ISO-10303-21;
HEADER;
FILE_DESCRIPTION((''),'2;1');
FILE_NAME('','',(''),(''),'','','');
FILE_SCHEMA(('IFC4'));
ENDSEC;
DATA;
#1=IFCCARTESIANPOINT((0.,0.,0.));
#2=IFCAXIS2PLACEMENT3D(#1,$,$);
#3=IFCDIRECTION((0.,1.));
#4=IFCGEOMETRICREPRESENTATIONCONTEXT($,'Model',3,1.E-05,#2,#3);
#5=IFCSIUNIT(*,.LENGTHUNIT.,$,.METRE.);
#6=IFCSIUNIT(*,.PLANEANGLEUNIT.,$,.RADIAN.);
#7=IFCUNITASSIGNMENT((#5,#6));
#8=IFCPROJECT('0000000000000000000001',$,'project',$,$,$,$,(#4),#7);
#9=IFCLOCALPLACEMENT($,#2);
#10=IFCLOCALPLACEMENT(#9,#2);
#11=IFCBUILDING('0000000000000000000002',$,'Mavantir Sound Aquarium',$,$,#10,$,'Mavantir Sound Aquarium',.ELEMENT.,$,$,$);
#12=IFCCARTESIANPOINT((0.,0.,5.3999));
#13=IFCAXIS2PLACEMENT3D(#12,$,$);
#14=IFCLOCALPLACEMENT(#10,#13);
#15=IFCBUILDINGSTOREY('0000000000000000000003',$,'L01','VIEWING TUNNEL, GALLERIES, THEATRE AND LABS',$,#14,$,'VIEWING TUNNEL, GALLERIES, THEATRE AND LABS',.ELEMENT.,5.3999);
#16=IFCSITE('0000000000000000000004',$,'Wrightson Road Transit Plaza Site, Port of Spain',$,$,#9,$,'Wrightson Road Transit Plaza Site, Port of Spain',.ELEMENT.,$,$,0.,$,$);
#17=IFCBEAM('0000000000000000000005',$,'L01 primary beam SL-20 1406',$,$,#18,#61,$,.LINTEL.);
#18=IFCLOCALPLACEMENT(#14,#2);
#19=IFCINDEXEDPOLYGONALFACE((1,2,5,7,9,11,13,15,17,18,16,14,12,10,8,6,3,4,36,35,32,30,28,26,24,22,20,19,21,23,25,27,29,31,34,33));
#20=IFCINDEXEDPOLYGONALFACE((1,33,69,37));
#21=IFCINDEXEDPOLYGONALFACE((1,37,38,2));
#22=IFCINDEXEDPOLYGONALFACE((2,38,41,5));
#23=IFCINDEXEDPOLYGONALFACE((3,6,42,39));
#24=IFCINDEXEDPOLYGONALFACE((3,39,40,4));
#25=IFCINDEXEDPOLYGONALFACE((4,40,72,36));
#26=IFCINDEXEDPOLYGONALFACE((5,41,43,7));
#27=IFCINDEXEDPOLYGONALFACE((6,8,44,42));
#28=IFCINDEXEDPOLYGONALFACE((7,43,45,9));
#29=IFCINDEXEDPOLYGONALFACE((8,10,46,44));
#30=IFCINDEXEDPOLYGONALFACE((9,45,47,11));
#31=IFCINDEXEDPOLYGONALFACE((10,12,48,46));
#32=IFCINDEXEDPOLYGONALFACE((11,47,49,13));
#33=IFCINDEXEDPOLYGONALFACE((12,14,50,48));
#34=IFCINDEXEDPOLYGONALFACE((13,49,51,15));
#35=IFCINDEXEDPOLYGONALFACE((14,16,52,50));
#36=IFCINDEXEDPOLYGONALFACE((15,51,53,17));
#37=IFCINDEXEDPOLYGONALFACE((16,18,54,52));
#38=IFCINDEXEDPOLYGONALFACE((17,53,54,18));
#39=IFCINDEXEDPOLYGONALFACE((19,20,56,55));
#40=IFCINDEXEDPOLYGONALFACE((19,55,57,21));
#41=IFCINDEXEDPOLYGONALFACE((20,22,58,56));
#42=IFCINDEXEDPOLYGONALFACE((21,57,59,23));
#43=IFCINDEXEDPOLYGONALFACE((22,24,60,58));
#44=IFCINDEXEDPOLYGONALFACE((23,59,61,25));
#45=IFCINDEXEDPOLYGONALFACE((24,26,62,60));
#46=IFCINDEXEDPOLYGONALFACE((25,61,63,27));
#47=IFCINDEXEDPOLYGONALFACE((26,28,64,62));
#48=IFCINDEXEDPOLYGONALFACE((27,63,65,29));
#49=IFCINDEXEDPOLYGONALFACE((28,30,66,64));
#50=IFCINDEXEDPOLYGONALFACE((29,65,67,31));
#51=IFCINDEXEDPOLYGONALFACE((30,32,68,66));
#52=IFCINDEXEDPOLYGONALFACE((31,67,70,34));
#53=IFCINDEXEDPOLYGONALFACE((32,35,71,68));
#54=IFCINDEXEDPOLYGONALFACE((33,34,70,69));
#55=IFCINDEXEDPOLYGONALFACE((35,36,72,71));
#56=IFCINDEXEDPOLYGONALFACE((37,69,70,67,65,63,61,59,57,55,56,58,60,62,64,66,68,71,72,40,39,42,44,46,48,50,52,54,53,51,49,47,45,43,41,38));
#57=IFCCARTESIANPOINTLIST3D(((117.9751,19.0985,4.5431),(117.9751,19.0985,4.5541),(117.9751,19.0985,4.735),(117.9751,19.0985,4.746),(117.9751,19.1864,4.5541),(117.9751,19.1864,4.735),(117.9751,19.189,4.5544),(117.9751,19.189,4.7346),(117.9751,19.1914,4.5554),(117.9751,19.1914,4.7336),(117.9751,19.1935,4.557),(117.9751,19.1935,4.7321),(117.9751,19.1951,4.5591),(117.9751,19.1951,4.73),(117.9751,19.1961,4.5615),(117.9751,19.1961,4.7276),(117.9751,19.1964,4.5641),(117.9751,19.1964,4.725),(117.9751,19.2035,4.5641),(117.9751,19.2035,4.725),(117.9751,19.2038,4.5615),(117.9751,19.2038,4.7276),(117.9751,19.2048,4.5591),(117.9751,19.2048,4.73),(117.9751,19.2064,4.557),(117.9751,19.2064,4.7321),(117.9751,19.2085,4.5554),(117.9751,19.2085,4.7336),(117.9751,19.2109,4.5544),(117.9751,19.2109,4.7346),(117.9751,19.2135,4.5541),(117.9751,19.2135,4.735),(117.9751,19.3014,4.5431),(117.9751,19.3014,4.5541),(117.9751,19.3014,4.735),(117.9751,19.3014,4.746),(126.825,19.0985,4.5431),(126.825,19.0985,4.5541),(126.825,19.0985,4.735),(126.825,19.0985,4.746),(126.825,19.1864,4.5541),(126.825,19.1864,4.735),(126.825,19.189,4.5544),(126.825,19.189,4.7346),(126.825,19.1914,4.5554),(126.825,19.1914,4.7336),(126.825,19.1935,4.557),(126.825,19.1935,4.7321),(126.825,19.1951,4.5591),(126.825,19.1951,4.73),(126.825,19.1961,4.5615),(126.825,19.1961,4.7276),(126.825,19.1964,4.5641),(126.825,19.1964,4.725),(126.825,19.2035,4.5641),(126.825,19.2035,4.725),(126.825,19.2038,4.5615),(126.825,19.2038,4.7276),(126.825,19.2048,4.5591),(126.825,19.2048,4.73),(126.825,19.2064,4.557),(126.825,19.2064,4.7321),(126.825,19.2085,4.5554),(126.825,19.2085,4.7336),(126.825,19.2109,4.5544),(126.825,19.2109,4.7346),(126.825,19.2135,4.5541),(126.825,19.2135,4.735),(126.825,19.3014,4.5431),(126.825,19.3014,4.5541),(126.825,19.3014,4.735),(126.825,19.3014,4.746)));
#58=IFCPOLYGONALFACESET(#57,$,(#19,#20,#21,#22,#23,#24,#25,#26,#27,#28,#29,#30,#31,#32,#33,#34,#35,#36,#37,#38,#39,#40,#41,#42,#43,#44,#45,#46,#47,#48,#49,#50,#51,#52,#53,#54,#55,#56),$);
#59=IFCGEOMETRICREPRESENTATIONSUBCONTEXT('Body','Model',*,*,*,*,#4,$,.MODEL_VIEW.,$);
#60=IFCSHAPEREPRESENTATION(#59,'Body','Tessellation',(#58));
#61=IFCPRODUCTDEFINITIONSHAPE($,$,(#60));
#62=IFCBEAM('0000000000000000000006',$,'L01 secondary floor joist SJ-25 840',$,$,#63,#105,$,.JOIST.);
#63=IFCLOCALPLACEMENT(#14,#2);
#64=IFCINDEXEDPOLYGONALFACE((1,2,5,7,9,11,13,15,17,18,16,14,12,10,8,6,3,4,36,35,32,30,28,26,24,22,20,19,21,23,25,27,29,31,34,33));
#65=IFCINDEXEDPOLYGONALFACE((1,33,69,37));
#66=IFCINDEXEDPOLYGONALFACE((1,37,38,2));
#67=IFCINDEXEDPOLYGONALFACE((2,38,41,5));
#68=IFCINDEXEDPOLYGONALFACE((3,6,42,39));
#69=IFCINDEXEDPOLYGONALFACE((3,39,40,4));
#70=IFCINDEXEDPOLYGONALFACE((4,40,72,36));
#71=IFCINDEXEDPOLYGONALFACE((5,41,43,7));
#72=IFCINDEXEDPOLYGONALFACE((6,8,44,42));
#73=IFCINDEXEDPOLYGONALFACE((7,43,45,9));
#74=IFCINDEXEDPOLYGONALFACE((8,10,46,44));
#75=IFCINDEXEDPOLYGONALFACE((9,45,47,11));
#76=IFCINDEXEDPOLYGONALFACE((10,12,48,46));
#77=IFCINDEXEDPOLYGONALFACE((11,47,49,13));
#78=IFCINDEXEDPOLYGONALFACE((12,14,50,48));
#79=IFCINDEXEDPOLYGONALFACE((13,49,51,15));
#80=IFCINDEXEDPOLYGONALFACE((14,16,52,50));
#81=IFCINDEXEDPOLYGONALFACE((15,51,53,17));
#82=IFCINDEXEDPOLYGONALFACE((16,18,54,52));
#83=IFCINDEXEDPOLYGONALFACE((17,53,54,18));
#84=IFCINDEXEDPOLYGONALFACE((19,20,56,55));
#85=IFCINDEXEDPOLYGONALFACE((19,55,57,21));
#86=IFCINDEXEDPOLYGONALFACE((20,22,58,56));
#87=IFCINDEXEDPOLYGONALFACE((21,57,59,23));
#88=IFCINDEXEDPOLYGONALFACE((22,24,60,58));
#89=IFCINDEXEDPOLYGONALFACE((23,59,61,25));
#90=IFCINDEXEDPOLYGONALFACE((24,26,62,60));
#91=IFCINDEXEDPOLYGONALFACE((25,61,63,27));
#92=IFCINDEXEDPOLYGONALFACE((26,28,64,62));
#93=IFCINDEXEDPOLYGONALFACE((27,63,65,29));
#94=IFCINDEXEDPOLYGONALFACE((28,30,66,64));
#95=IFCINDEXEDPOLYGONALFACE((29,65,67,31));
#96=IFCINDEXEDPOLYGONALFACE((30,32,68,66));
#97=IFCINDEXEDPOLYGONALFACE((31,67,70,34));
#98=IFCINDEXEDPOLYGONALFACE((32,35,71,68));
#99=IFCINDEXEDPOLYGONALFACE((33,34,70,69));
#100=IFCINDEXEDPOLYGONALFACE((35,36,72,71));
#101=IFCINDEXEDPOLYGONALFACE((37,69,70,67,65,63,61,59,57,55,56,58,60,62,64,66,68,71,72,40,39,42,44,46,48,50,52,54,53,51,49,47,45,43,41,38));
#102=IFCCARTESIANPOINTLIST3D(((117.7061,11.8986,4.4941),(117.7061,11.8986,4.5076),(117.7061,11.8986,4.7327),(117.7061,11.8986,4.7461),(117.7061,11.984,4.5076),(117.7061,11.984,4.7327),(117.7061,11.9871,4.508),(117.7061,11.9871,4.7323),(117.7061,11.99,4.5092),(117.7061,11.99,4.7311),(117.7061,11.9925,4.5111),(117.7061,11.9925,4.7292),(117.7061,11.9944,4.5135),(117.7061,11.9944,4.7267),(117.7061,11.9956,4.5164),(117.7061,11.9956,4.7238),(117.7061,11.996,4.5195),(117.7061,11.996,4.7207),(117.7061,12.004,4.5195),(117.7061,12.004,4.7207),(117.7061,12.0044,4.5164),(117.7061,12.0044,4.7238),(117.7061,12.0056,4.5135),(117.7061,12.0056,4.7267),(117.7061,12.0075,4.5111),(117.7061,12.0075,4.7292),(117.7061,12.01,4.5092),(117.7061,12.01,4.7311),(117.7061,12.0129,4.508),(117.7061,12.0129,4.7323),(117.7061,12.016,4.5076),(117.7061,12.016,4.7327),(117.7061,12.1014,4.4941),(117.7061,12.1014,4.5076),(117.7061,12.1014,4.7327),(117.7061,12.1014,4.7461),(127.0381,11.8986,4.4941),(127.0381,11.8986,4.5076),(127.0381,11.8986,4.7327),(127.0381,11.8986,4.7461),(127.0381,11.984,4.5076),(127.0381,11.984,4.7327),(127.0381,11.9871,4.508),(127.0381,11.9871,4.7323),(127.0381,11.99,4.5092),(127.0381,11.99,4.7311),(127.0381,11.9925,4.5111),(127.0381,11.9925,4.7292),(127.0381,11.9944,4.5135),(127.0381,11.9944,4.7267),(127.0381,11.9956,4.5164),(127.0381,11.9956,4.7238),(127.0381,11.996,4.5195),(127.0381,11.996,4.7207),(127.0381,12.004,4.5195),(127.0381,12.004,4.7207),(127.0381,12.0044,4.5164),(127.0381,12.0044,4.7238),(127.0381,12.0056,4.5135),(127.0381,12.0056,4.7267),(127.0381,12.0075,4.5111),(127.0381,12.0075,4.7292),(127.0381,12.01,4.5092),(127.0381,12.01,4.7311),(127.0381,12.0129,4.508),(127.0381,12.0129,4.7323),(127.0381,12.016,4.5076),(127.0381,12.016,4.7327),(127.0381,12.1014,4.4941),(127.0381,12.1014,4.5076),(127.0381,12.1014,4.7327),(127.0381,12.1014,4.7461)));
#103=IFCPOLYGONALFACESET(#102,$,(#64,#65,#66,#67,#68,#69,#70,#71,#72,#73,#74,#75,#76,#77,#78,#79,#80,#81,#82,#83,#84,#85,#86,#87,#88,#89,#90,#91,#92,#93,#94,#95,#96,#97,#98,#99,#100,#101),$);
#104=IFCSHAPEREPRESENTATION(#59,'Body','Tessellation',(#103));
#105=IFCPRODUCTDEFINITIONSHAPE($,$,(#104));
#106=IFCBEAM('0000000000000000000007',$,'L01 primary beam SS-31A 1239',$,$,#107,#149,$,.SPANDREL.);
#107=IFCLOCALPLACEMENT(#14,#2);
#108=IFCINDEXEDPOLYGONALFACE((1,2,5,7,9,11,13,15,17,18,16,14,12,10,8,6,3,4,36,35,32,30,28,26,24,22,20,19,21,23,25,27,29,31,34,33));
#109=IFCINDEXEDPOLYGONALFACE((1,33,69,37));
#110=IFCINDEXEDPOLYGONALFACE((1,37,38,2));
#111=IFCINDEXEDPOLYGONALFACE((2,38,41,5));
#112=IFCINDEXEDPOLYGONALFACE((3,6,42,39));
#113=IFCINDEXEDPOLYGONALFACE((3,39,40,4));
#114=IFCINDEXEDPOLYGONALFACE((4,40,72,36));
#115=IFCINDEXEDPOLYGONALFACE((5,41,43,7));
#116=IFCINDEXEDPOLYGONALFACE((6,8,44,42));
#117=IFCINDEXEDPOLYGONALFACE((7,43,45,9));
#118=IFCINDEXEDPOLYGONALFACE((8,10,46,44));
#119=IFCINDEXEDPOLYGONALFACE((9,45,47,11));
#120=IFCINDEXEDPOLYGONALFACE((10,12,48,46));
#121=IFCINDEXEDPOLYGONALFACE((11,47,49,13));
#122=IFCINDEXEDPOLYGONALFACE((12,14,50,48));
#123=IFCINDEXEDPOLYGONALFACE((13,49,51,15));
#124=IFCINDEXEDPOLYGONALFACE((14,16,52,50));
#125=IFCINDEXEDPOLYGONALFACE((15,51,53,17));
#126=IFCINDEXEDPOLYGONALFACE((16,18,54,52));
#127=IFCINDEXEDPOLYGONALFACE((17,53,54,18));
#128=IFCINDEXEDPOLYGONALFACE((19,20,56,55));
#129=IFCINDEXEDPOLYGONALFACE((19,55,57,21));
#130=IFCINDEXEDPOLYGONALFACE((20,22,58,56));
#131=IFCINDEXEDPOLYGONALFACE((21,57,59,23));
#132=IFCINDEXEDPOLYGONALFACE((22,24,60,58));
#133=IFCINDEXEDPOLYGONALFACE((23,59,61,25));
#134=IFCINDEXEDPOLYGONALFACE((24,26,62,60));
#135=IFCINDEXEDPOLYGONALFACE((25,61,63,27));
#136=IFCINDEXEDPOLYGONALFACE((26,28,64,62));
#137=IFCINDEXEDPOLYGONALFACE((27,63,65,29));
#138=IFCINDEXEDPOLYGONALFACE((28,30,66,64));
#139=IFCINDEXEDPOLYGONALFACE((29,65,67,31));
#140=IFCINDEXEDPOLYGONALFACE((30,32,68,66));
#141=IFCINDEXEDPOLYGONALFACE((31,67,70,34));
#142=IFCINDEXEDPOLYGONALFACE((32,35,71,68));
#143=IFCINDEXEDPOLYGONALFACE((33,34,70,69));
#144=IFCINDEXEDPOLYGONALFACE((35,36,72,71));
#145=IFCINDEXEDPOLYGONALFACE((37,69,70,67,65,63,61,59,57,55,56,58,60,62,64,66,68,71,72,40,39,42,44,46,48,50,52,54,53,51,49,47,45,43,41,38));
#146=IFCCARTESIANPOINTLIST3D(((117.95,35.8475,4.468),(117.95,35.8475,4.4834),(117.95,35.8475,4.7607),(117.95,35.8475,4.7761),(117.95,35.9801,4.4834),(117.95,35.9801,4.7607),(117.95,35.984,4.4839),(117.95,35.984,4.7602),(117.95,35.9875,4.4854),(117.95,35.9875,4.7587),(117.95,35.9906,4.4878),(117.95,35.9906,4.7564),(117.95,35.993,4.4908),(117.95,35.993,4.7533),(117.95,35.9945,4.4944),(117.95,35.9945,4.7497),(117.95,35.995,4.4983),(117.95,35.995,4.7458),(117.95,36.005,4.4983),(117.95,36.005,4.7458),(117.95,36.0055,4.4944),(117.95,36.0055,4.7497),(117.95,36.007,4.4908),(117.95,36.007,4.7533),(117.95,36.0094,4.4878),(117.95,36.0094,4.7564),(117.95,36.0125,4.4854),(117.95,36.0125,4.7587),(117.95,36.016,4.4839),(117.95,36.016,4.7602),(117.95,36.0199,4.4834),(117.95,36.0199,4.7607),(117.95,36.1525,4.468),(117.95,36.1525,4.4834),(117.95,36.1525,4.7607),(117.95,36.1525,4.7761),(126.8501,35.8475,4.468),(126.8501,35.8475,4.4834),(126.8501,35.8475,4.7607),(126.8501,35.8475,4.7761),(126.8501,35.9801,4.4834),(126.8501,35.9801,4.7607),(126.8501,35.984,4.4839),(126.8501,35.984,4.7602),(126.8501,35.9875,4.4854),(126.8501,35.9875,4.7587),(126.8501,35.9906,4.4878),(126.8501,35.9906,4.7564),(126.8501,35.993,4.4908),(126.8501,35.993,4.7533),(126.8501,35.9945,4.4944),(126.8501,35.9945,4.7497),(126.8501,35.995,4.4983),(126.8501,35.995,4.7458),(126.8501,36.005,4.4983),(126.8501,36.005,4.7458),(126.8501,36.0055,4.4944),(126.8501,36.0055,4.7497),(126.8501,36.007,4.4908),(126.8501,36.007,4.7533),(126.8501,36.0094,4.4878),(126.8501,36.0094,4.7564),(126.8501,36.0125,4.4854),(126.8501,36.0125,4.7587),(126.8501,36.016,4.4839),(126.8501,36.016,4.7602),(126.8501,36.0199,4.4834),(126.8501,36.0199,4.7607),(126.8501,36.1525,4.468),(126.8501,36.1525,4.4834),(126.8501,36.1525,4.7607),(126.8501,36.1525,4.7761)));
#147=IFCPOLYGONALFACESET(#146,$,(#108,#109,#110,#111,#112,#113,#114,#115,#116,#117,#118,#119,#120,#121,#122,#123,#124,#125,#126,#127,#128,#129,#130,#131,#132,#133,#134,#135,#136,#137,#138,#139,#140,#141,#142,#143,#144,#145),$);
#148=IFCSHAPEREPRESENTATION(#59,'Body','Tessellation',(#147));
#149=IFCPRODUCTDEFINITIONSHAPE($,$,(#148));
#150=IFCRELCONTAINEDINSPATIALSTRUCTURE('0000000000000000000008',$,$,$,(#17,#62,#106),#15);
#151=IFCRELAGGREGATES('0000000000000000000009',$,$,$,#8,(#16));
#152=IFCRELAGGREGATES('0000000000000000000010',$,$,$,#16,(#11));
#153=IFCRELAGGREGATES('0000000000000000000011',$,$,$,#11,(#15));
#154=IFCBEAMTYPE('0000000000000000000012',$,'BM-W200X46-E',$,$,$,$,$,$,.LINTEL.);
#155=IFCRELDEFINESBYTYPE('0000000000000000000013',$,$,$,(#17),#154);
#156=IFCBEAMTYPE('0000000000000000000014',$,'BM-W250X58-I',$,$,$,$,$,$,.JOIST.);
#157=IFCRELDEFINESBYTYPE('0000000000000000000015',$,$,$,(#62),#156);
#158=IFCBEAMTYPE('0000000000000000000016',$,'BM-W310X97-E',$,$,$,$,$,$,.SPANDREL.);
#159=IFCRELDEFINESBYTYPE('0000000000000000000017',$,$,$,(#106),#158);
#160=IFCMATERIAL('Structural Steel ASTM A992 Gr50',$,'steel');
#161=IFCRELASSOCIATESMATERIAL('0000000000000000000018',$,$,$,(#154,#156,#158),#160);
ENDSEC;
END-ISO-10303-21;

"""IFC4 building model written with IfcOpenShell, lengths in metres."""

from ifc_helpers import new_model, si_unit, direction, frame, origin, origin_2d, place, context, subcontext, project, spatial, i_section, extrude, material, material_profile, profile_set, type_object, element, save


model = new_model("IFC4")

# Units and contexts
model_context = context("Model", 3, precision=1e-05, world=origin(), true_north=direction((0.0, 1.0)))
body_context = subcontext(model_context, "Body", "Model", "MODEL_VIEW")
ifc_project = project(units=[si_unit("LENGTHUNIT", "METRE"), si_unit("PLANEANGLEUNIT", "RADIAN")], contexts=[model_context])

# Site, building, storey
site_placement = place(None, origin())
site = spatial("IfcSite", under=ifc_project, at=site_placement, Name="Wrightson Road Transit Plaza Site, Port of Spain", LongName="Wrightson Road Transit Plaza Site, Port of Spain", CompositionType="ELEMENT", RefElevation=0.0)
building_placement = place(site_placement, origin())
building = spatial("IfcBuilding", under=site, at=building_placement, Name="Mavantir Sound Aquarium", LongName="Mavantir Sound Aquarium", CompositionType="ELEMENT")
storey_placement = place(building_placement, frame((0.0, 0.0, 5.3999)))
storey = spatial("IfcBuildingStorey", under=building, at=storey_placement, Name="L01", Description="VIEWING TUNNEL, GALLERIES, THEATRE AND LABS", LongName="VIEWING TUNNEL, GALLERIES, THEATRE AND LABS", CompositionType="ELEMENT", Elevation=5.3999)

# Beams
ifc_material_1 = material(Name="Structural Steel ASTM A992 Gr50", Category="steel")
ifc_material_profile_1 = material_profile(ifc_material_1, i_section(OverallWidth=0.2029, OverallDepth=0.2029, WebThickness=0.0071, FlangeThickness=0.011, FilletRadius=0.01, at=origin_2d()), Name="W200X46")
ifc_profile_set_1 = profile_set([ifc_material_profile_1], Name="Structural Steel ASTM A992 Gr50")
beam_type_1 = type_object("IfcBeamType", Name="BM-W200X46-E", PredefinedType="LINTEL", material=ifc_profile_set_1)
beam_1_placement = place(storey_placement, frame((117.9751, 19.2, 4.6445), z_axis=(1.0, 0.0, 0.0), x_axis=(0.0, 1.0, 0.0)))
element("IfcBeam", 1, at=beam_1_placement, inside=storey, type_object=beam_type_1, Name="L01 primary beam SL-20 1406", PredefinedType="LINTEL", context=body_context, shape_type="SweptSolid", body=[
    extrude(i_section(OverallWidth=0.2029, OverallDepth=0.2029, WebThickness=0.0071, FlangeThickness=0.011, FilletRadius=0.01, at=origin_2d()), origin(), (0.0, 0.0, 1.0), 8.8499),
])
ifc_material_profile_2 = material_profile(ifc_material_1, i_section(OverallWidth=0.2029, OverallDepth=0.252, WebThickness=0.0081, FlangeThickness=0.0134, FilletRadius=0.012, at=origin_2d()), Name="W250X58")
ifc_profile_set_2 = profile_set([ifc_material_profile_2], Name="Structural Steel ASTM A992 Gr50")
beam_type_2 = type_object("IfcBeamType", Name="BM-W250X58-I", PredefinedType="JOIST", material=ifc_profile_set_2)
beam_2_placement = place(storey_placement, frame((117.7061, 12.0, 4.6201), z_axis=(1.0, 0.0, 0.0), x_axis=(0.0, 1.0, 0.0)))
element("IfcBeam", 2, at=beam_2_placement, inside=storey, type_object=beam_type_2, Name="L01 secondary floor joist SJ-25 840", PredefinedType="JOIST", context=body_context, shape_type="SweptSolid", body=[
    extrude(i_section(OverallWidth=0.2029, OverallDepth=0.252, WebThickness=0.0081, FlangeThickness=0.0134, FilletRadius=0.012, at=origin_2d()), origin(), (0.0, 0.0, 1.0), 9.332),
])
ifc_material_profile_3 = material_profile(ifc_material_1, i_section(OverallWidth=0.3049, OverallDepth=0.3081, WebThickness=0.01, FlangeThickness=0.0154, FilletRadius=0.0149, at=origin_2d()), Name="W310X97")
ifc_profile_set_3 = profile_set([ifc_material_profile_3], Name="Structural Steel ASTM A992 Gr50")
beam_type_3 = type_object("IfcBeamType", Name="BM-W310X97-E", PredefinedType="SPANDREL", material=ifc_profile_set_3)
beam_3_placement = place(storey_placement, frame((117.95, 36.0, 4.6221), z_axis=(1.0, 0.0, 0.0), x_axis=(0.0, 1.0, 0.0)))
element("IfcBeam", 3, at=beam_3_placement, inside=storey, type_object=beam_type_3, Name="L01 primary beam SS-31A 1239", PredefinedType="SPANDREL", context=body_context, shape_type="SweptSolid", body=[
    extrude(i_section(OverallWidth=0.3049, OverallDepth=0.3081, WebThickness=0.01, FlangeThickness=0.0154, FilletRadius=0.0149, at=origin_2d()), origin(), (0.0, 0.0, 1.0), 8.9001),
])

save(model, "model.ifc")
